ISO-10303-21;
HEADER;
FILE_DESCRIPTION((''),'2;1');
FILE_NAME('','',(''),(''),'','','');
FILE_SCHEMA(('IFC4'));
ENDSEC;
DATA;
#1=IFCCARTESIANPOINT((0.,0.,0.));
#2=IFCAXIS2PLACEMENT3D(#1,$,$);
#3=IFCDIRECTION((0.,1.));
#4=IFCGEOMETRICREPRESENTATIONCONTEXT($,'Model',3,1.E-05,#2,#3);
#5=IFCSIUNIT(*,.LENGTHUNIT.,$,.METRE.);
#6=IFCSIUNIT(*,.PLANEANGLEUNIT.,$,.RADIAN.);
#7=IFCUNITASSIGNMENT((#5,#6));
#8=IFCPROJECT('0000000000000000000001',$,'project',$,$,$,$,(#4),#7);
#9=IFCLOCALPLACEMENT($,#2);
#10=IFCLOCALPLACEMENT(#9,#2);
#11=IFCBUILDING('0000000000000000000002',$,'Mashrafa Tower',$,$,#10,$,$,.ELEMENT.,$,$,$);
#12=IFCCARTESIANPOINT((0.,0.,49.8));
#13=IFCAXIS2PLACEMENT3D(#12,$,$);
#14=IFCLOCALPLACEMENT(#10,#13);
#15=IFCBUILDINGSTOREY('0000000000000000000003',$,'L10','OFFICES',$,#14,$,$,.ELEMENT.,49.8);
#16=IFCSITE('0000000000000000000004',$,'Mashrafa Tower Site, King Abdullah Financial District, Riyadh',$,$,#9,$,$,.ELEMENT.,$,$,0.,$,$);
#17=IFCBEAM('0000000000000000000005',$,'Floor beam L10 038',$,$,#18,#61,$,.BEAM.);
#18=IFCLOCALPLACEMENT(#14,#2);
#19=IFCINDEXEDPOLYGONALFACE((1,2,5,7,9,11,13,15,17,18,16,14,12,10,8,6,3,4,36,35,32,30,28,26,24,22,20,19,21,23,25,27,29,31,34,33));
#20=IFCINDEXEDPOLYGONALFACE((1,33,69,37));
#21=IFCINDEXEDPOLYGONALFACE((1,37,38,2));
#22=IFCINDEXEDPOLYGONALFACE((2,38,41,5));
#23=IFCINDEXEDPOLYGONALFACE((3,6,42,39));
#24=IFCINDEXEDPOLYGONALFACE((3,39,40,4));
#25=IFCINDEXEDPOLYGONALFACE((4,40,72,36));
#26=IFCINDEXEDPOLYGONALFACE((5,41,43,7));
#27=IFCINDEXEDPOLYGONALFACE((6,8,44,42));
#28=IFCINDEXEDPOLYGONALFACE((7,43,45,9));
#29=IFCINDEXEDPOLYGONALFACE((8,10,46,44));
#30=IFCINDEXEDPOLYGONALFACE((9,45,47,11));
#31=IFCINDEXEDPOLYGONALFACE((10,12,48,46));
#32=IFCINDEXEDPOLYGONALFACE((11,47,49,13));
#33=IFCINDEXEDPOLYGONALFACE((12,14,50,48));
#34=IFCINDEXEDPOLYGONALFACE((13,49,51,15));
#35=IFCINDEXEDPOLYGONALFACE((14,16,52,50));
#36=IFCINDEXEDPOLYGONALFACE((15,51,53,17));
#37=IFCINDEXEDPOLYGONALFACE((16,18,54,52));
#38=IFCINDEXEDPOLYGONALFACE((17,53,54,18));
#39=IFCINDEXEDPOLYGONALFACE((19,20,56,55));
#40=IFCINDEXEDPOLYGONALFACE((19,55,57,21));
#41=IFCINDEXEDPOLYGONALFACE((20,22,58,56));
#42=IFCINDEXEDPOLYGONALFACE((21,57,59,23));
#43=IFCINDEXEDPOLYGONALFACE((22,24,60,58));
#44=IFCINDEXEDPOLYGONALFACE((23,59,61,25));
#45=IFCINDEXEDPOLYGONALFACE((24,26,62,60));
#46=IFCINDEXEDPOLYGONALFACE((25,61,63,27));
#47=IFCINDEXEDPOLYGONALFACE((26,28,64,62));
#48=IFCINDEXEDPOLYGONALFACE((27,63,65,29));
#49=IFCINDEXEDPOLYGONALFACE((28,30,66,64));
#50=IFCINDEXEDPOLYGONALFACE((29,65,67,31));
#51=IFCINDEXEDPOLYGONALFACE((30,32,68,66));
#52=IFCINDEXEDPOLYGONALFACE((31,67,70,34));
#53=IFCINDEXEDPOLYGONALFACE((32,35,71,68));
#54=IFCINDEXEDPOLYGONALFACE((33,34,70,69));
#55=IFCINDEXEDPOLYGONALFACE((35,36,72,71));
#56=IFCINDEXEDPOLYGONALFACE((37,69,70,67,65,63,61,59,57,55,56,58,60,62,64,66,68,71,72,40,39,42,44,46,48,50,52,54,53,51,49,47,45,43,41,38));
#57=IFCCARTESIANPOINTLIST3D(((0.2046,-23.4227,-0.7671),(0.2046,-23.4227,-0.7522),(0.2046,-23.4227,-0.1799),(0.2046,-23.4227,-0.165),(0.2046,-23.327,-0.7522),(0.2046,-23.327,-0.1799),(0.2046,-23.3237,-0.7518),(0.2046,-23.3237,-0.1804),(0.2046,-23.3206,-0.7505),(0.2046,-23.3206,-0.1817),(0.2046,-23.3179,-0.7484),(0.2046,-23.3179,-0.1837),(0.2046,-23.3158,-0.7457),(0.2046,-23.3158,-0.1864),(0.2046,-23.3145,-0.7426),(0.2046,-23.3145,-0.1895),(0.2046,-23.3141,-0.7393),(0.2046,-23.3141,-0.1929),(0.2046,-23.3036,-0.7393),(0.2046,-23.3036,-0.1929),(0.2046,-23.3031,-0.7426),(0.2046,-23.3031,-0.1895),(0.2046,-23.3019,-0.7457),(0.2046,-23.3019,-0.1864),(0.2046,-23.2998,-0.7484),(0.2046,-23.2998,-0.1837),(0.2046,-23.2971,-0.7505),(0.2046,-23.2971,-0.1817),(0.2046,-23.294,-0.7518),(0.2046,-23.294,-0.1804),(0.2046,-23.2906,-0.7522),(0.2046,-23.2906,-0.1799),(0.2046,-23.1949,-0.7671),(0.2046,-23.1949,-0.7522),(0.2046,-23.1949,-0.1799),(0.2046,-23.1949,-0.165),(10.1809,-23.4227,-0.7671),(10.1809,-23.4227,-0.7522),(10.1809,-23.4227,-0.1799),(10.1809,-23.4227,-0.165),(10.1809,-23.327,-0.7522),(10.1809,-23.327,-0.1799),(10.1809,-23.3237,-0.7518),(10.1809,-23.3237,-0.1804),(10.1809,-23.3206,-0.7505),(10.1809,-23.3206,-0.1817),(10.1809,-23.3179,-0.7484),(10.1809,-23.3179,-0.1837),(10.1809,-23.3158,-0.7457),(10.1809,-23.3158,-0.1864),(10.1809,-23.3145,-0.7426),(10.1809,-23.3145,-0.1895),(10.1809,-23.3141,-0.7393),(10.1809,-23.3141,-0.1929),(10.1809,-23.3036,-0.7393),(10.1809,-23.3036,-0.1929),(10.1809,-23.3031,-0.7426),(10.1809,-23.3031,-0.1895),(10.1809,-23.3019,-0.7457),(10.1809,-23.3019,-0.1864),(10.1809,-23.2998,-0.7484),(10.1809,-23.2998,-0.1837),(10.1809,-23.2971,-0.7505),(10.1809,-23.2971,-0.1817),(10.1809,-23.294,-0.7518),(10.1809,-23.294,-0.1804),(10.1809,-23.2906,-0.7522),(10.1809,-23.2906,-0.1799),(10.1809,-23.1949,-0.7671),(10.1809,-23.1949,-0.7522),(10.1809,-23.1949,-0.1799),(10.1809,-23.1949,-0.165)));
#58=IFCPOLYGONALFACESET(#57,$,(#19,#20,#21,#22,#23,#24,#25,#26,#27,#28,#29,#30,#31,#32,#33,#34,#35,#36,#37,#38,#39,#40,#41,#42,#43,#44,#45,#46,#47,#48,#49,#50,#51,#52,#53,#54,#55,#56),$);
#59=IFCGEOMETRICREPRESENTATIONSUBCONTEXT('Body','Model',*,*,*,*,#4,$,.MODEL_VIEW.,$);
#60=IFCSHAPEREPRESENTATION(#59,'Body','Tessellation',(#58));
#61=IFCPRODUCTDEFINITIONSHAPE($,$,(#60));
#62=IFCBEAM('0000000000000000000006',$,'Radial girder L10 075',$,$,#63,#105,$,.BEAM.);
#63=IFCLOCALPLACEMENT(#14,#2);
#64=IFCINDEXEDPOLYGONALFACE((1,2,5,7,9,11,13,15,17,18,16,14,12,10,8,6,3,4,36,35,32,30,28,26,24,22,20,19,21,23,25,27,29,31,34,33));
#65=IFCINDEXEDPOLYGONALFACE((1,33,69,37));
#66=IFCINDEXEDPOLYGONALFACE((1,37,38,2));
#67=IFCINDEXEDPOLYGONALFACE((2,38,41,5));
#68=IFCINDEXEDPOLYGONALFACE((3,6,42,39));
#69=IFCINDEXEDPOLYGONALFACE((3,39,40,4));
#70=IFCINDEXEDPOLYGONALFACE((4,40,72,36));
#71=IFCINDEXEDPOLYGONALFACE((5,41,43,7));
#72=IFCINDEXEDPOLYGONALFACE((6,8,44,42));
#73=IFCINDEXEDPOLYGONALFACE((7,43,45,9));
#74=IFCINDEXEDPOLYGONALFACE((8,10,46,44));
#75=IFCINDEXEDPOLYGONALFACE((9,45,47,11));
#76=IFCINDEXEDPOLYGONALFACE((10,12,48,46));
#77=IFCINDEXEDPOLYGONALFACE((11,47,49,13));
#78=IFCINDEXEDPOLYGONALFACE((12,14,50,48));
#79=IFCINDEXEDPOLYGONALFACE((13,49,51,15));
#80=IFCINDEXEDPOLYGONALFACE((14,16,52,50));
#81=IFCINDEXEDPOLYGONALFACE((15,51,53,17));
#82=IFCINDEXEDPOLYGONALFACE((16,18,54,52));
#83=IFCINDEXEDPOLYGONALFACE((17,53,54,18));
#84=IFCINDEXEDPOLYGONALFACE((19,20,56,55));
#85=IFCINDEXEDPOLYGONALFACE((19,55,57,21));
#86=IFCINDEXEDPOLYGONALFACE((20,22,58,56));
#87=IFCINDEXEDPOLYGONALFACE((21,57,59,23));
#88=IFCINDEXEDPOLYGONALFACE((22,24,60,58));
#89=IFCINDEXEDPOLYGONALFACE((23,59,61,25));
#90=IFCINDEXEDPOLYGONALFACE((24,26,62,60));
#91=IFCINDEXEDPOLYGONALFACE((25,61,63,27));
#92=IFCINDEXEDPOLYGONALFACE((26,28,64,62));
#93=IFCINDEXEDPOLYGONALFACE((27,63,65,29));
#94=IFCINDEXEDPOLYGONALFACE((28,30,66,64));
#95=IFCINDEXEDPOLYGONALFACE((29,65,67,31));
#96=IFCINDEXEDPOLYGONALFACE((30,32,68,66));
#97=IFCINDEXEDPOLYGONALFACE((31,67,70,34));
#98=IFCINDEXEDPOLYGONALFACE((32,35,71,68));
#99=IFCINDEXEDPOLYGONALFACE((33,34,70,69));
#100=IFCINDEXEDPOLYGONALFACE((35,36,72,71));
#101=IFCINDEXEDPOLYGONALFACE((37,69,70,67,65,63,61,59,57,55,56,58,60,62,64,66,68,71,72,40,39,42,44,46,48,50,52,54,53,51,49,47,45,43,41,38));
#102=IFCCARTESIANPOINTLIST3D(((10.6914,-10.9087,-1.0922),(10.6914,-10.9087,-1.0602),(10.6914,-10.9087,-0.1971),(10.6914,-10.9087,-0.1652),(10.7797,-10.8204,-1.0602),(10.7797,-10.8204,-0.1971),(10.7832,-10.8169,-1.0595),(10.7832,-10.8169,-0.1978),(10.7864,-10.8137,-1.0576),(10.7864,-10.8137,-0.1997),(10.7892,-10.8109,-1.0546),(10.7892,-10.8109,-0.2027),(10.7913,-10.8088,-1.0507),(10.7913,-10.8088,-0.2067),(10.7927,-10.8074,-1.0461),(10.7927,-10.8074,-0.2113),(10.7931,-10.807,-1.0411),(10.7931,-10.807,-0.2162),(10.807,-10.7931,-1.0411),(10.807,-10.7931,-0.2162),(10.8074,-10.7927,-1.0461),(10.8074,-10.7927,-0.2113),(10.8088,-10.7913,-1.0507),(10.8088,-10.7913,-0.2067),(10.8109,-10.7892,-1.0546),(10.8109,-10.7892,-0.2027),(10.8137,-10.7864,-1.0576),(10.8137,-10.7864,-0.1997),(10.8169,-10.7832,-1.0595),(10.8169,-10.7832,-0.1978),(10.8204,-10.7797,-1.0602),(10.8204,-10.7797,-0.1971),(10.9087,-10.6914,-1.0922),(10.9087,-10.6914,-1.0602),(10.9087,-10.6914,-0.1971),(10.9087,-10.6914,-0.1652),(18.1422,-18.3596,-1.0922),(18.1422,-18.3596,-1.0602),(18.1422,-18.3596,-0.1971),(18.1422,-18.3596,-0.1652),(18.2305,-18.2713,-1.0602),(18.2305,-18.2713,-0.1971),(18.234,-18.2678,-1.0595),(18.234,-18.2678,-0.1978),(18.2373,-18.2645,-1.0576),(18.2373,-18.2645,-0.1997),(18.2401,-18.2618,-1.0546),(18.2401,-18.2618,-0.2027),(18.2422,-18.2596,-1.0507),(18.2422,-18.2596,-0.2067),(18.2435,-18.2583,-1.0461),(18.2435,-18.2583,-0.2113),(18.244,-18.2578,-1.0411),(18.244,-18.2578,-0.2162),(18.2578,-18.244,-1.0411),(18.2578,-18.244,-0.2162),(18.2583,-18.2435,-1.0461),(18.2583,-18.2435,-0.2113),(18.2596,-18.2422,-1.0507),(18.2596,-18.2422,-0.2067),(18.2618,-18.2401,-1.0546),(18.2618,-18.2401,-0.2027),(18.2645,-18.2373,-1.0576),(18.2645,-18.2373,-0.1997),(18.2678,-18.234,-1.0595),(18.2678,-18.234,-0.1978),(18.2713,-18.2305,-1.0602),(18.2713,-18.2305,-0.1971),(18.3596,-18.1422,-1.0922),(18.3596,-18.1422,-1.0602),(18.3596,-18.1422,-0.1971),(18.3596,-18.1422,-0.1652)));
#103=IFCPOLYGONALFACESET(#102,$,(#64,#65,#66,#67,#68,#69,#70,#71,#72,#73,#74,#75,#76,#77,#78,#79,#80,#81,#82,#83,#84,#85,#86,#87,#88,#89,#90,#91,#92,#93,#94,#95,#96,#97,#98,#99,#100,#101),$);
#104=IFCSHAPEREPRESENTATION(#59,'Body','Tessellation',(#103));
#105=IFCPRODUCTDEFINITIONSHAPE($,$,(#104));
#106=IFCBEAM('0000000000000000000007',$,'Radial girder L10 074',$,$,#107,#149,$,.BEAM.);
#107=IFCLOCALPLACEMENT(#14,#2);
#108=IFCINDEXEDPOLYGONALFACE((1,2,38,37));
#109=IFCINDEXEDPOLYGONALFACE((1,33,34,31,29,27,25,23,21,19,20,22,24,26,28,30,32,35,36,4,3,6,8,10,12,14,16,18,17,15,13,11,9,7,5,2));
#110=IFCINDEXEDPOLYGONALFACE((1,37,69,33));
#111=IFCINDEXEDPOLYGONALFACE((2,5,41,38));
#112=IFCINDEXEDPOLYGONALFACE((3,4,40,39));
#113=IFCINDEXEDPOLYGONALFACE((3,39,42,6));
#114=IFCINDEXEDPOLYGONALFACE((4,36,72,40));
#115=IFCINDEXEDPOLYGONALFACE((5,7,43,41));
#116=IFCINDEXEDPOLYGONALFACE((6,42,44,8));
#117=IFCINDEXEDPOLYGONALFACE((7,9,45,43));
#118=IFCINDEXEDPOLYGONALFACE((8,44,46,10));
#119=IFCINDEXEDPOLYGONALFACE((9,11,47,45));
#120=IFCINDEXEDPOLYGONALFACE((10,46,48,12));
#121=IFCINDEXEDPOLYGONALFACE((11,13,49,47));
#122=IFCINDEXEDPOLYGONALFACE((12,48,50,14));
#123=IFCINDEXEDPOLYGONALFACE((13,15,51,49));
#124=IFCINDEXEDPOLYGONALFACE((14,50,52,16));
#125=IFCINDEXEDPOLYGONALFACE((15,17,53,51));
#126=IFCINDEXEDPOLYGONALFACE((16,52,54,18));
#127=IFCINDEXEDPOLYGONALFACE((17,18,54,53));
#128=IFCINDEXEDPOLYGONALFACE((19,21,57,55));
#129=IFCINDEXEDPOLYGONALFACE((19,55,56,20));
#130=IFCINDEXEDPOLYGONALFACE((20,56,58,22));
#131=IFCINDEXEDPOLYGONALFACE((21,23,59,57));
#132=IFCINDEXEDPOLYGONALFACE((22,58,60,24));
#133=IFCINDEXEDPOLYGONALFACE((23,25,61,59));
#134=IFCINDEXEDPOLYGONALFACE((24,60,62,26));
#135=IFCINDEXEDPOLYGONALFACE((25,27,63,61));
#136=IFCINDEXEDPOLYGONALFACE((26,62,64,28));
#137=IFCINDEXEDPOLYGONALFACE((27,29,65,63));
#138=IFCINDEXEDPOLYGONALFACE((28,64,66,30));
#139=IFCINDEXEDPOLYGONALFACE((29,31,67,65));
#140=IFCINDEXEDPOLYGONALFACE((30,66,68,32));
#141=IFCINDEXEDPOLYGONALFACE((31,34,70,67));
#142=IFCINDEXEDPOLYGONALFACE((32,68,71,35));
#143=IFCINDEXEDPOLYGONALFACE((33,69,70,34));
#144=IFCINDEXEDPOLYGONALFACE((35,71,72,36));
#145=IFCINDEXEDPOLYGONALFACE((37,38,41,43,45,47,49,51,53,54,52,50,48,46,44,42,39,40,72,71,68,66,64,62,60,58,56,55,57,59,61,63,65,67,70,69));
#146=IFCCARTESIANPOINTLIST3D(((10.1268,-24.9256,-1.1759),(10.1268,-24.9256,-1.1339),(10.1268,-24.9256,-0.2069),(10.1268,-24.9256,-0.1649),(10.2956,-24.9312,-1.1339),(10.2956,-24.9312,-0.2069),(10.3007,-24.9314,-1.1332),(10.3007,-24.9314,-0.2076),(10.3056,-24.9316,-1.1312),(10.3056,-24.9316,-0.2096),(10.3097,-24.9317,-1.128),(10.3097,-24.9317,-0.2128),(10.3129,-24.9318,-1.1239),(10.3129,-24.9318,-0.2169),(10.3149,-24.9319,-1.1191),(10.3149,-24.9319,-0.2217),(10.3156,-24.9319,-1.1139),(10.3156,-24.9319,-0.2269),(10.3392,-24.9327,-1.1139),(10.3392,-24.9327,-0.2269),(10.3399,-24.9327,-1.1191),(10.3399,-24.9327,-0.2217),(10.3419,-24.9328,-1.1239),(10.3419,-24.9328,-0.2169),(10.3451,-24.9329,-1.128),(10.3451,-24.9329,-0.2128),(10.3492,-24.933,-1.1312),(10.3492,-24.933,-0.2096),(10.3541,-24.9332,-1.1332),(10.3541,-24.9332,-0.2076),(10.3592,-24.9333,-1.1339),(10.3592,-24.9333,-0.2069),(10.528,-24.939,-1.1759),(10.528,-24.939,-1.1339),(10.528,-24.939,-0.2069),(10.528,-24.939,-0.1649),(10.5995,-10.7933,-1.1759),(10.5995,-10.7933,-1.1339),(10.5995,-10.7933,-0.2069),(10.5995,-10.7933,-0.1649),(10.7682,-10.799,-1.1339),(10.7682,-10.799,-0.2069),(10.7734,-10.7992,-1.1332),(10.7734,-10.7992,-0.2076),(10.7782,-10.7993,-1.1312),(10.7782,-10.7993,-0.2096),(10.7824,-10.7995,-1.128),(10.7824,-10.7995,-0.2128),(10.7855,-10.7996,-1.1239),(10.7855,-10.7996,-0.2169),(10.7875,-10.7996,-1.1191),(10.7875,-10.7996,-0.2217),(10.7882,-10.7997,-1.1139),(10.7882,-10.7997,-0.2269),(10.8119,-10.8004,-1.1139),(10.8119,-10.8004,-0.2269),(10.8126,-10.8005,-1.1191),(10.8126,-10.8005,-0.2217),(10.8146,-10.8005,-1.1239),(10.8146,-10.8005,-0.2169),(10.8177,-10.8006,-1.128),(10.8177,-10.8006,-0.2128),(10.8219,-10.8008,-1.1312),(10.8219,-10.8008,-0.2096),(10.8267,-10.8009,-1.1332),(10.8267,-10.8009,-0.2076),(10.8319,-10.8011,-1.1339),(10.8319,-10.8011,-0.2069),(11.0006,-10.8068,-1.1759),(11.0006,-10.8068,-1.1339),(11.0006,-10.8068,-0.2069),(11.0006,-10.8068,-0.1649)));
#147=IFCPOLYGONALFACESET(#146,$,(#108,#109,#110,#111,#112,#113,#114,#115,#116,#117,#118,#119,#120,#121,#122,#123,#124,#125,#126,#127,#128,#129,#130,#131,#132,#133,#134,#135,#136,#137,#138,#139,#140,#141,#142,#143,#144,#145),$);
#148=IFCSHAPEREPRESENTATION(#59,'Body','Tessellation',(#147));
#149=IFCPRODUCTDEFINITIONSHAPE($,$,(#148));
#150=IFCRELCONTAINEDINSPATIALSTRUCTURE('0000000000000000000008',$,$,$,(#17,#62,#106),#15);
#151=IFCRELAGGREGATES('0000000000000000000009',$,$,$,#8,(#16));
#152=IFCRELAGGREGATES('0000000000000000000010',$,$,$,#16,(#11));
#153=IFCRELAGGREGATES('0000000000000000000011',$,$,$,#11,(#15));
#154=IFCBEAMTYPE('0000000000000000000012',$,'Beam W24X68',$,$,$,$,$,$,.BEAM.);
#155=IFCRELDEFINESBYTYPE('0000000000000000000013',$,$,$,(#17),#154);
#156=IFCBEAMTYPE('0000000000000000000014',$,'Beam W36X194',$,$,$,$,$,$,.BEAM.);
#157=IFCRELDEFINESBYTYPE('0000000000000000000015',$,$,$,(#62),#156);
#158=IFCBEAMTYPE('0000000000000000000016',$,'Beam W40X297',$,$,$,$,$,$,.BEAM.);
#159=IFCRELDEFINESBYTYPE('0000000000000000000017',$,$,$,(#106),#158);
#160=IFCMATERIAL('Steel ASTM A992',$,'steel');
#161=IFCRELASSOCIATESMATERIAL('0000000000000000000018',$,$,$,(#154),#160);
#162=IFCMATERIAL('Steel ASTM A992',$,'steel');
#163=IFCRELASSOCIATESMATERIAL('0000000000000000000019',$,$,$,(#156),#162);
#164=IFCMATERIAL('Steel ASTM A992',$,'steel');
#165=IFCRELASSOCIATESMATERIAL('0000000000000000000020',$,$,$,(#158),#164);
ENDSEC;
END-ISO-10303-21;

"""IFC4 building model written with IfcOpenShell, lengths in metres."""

from ifc_helpers import new_model, si_unit, direction, frame, origin, origin_2d, place, context, subcontext, project, spatial, i_section, extrude, material, material_profile, profile_set, type_object, element, save


model = new_model("IFC4")

# Units and contexts
model_context = context("Model", 3, precision=1e-05, world=origin(), true_north=direction((0.0, 1.0)))
body_context = subcontext(model_context, "Body", "Model", "MODEL_VIEW")
ifc_project = project(units=[si_unit("LENGTHUNIT", "METRE"), si_unit("PLANEANGLEUNIT", "RADIAN")], contexts=[model_context])

# Site, building, storey
site_placement = place(None, origin())
site = spatial("IfcSite", under=ifc_project, at=site_placement, Name="Mashrafa Tower Site, King Abdullah Financial District, Riyadh", CompositionType="ELEMENT", RefElevation=0.0)
building_placement = place(site_placement, origin())
building = spatial("IfcBuilding", under=site, at=building_placement, Name="Mashrafa Tower", CompositionType="ELEMENT")
storey_placement = place(building_placement, frame((0.0, 0.0, 49.8)))
storey = spatial("IfcBuildingStorey", under=building, at=storey_placement, Name="L10", Description="OFFICES", CompositionType="ELEMENT", Elevation=49.8)

# Beams
ifc_material_1 = material(Name="Steel ASTM A992", Category="steel")
ifc_material_profile_1 = material_profile(ifc_material_1, i_section(OverallWidth=0.2278, OverallDepth=0.6021, WebThickness=0.0105, FlangeThickness=0.0149, FilletRadius=0.0129, at=origin_2d()), Name="W24X68")
ifc_profile_set_1 = profile_set([ifc_material_profile_1], Name="Steel ASTM A992")
beam_type_1 = type_object("IfcBeamType", Name="Beam W24X68", PredefinedType="BEAM", material=ifc_profile_set_1)
beam_1_placement = place(storey_placement, frame((10.1809, -23.3088, -0.4661), z_axis=(-1.0, 0.0, 0.0), x_axis=(0.0, -1.0, 0.0)))
element("IfcBeam", 1, at=beam_1_placement, inside=storey, type_object=beam_type_1, Name="Floor beam L10 038", PredefinedType="BEAM", context=body_context, shape_type="SweptSolid", body=[
    extrude(i_section(OverallWidth=0.2278, OverallDepth=0.6021, WebThickness=0.0105, FlangeThickness=0.0149, FilletRadius=0.0129, at=origin_2d()), origin(), (0.0, 0.0, 1.0), 9.9763),
])
ifc_material_2 = material(Name="Steel ASTM A992", Category="steel")
ifc_material_profile_2 = material_profile(ifc_material_2, i_section(OverallWidth=0.3074, OverallDepth=0.927, WebThickness=0.0195, FlangeThickness=0.032, FilletRadius=0.019, at=origin_2d()), Name="W36X194")
ifc_profile_set_2 = profile_set([ifc_material_profile_2], Name="Steel ASTM A992")
beam_type_2 = type_object("IfcBeamType", Name="Beam W36X194", PredefinedType="BEAM", material=ifc_profile_set_2)
beam_2_placement = place(storey_placement, frame((10.8, -10.8, -0.6287), z_axis=(0.707107, -0.707107, 0.0), x_axis=(0.707107, 0.707107, 0.0)))
element("IfcBeam", 2, at=beam_2_placement, inside=storey, type_object=beam_type_2, Name="Radial girder L10 075", PredefinedType="BEAM", context=body_context, shape_type="SweptSolid", body=[
    extrude(i_section(OverallWidth=0.3074, OverallDepth=0.927, WebThickness=0.0195, FlangeThickness=0.032, FilletRadius=0.019, at=origin_2d()), origin(), (0.0, 0.0, 1.0), 10.5371),
])
ifc_material_3 = material(Name="Steel ASTM A992", Category="steel")
ifc_material_profile_3 = material_profile(ifc_material_3, i_section(OverallWidth=0.4014, OverallDepth=1.011, WebThickness=0.0237, FlangeThickness=0.042, FilletRadius=0.02, at=origin_2d()), Name="W40X297")
ifc_profile_set_3 = profile_set([ifc_material_profile_3], Name="Steel ASTM A992")
beam_type_3 = type_object("IfcBeamType", Name="Beam W40X297", PredefinedType="BEAM", material=ifc_profile_set_3)
beam_3_placement = place(storey_placement, frame((10.8, -10.8, -0.6704), z_axis=(-0.033426, -0.999441, 0.0), x_axis=(0.999441, -0.033426, 0.0)))
element("IfcBeam", 3, at=beam_3_placement, inside=storey, type_object=beam_type_3, Name="Radial girder L10 074", PredefinedType="BEAM", context=body_context, shape_type="SweptSolid", body=[
    extrude(i_section(OverallWidth=0.4014, OverallDepth=1.011, WebThickness=0.0237, FlangeThickness=0.042, FilletRadius=0.02, at=origin_2d()), origin(), (0.0, 0.0, 1.0), 14.1401),
])

save(model, "model.ifc")
